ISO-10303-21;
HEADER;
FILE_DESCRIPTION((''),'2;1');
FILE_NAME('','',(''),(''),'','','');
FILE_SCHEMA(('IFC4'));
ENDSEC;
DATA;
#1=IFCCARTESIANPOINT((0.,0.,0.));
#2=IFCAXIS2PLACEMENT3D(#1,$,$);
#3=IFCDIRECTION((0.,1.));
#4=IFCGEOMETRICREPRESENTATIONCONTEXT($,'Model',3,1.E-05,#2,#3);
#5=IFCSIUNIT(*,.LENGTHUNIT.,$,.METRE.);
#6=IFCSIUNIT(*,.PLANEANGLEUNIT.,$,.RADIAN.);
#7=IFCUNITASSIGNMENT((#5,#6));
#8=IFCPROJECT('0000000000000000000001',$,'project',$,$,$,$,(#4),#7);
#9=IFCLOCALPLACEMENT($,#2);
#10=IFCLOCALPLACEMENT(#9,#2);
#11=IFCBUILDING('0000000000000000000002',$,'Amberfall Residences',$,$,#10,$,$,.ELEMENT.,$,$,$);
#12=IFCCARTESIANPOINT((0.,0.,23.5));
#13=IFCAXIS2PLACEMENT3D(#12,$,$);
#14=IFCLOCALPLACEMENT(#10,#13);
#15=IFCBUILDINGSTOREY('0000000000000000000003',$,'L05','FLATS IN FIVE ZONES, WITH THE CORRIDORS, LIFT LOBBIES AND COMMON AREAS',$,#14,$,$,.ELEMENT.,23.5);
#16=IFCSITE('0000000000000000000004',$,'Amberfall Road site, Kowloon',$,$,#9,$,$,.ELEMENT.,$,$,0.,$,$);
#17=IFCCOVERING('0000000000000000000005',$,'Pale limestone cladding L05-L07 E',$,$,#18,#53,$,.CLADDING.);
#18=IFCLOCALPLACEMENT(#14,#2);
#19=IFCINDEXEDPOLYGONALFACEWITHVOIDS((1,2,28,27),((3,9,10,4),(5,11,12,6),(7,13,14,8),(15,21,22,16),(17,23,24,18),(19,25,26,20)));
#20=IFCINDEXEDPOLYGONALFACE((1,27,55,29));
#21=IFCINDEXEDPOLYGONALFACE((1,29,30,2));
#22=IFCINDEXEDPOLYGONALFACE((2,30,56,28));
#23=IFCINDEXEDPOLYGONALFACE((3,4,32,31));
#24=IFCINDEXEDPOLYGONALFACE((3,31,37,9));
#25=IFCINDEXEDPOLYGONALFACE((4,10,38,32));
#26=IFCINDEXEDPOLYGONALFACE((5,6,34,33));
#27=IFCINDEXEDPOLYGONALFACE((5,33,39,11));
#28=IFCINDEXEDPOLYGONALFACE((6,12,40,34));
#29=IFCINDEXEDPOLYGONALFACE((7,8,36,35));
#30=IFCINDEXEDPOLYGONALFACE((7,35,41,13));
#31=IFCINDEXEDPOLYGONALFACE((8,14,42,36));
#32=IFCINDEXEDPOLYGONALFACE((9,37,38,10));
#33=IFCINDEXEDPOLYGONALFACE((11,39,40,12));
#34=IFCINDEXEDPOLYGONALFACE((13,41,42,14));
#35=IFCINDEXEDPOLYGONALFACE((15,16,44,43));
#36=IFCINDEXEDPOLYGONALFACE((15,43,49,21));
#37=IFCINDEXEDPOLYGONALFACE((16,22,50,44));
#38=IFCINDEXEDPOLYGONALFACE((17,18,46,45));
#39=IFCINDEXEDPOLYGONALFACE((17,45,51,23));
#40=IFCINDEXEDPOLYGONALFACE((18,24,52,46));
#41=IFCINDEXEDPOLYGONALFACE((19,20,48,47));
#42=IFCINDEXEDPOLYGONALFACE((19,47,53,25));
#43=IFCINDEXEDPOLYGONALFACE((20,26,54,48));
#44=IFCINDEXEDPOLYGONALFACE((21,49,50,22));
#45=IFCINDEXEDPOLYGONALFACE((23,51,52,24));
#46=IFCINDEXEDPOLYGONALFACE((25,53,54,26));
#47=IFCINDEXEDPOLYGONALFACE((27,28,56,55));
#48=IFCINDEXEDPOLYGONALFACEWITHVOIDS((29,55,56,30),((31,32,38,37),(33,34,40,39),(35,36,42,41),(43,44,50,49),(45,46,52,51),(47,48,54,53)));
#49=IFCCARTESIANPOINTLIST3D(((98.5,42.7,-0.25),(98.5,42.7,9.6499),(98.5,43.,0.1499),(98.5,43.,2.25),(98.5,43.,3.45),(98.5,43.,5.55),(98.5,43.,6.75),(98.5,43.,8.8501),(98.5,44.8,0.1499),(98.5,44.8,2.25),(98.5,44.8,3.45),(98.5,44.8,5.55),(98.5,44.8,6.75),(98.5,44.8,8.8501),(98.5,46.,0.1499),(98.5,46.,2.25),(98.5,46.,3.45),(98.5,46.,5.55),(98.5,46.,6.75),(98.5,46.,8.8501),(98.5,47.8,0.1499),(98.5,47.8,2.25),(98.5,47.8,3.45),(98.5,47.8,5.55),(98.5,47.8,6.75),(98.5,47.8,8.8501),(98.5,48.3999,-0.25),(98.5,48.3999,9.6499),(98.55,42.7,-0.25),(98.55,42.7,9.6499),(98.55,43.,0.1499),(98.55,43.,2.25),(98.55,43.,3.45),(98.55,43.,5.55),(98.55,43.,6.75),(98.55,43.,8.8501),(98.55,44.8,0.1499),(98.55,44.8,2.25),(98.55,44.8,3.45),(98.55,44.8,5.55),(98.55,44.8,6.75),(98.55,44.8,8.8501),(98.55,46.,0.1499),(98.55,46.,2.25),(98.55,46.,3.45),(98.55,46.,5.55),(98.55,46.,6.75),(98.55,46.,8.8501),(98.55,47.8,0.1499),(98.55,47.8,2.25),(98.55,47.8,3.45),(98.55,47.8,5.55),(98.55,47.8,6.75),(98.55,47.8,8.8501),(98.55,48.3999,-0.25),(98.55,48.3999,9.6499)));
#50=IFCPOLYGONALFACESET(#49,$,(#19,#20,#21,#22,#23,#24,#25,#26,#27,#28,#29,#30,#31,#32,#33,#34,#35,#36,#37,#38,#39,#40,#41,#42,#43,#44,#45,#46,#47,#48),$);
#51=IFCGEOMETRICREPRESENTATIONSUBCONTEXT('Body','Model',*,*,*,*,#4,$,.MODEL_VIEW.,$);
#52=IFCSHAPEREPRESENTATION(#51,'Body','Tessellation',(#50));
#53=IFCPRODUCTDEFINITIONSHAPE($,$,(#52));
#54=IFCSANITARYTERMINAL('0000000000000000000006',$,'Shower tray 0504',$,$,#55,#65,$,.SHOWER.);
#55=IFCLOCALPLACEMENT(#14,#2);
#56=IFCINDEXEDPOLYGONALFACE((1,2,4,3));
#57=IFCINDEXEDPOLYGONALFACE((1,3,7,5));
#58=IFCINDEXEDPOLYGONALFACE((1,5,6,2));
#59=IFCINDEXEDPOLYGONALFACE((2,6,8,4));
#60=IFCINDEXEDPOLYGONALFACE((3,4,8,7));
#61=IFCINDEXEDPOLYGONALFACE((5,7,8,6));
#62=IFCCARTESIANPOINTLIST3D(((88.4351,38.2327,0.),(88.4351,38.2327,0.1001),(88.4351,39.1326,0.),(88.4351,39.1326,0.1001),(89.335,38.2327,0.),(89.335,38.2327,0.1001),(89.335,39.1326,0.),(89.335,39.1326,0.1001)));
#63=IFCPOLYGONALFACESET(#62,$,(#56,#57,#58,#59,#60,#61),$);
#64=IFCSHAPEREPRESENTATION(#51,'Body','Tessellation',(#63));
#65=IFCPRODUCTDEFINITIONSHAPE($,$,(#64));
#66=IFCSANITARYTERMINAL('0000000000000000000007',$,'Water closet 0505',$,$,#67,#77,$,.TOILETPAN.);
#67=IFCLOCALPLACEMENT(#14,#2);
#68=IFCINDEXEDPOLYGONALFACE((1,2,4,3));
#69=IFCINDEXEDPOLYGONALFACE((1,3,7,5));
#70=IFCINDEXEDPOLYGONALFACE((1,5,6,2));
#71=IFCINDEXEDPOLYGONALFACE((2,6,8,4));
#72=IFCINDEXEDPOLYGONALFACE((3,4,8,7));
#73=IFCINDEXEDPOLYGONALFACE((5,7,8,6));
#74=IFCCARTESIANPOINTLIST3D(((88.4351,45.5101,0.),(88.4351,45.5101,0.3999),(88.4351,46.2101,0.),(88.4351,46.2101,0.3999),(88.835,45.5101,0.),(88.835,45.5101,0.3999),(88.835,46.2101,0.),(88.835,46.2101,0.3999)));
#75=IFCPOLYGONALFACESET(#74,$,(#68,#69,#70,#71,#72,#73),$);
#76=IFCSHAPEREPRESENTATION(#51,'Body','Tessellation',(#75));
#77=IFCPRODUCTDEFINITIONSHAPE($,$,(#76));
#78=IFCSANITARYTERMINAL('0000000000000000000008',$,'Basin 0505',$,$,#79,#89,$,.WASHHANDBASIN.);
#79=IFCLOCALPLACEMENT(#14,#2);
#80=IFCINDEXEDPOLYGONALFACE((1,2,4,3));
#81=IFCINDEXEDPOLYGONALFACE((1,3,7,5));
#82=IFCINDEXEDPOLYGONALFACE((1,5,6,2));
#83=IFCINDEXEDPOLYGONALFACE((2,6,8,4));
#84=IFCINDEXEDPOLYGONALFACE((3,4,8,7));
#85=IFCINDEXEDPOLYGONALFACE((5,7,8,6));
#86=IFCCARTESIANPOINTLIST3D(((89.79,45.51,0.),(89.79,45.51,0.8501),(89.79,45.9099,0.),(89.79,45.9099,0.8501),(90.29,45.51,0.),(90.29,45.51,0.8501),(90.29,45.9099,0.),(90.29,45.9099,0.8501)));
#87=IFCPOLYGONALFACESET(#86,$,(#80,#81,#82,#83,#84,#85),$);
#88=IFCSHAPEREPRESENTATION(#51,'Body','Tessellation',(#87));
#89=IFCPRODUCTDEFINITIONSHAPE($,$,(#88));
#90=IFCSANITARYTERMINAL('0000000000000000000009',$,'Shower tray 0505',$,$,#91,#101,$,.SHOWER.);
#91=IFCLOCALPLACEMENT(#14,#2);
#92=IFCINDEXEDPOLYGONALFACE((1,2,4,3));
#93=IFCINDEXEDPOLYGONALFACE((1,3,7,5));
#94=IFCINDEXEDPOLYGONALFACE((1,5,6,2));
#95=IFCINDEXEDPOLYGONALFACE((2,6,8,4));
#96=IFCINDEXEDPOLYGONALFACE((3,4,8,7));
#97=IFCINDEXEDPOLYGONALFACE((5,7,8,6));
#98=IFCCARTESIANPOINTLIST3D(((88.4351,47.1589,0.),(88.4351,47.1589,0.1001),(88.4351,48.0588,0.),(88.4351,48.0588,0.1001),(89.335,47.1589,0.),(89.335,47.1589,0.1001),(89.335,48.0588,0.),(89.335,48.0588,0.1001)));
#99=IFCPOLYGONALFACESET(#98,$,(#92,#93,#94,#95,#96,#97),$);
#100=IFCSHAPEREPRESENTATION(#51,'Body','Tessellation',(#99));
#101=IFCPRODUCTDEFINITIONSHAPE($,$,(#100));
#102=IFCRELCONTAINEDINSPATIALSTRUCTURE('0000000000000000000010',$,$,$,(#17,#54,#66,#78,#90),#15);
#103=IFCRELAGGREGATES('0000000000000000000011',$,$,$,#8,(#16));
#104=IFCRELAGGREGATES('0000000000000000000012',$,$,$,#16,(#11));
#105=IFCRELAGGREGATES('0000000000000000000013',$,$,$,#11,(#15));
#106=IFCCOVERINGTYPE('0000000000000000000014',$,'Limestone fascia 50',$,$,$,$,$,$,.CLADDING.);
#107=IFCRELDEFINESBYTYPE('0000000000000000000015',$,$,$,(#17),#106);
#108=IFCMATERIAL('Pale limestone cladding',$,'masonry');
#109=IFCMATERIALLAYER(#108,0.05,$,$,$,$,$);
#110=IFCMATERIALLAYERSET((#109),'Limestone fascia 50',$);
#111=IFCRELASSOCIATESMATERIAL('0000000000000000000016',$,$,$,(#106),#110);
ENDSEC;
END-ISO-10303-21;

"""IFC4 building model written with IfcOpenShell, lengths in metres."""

from ifc_helpers import new_model, si_unit, direction, frame, origin, origin_2d, place, context, subcontext, project, spatial, polyline, rectangle, outline, extrude, material, layer, layer_set, type_object, element, save


model = new_model("IFC4")

# Units and contexts
model_context = context("Model", 3, precision=1e-05, world=origin(), true_north=direction((0.0, 1.0)))
body_context = subcontext(model_context, "Body", "Model", "MODEL_VIEW")
ifc_project = project(units=[si_unit("LENGTHUNIT", "METRE"), si_unit("PLANEANGLEUNIT", "RADIAN")], contexts=[model_context])

# Site, building, storey
site_placement = place(None, origin())
site = spatial("IfcSite", under=ifc_project, at=site_placement, Name="Amberfall Road site, Kowloon", CompositionType="ELEMENT", RefElevation=0.0)
building_placement = place(site_placement, origin())
building = spatial("IfcBuilding", under=site, at=building_placement, Name="Amberfall Residences", CompositionType="ELEMENT")
storey_placement = place(building_placement, frame((0.0, 0.0, 23.5)))
storey = spatial("IfcBuildingStorey", under=building, at=storey_placement, Name="L05", Description="FLATS IN FIVE ZONES, WITH THE CORRIDORS, LIFT LOBBIES AND COMMON AREAS", CompositionType="ELEMENT", Elevation=23.5)

# Covering
ifc_material_1 = material(Name="Pale limestone cladding", Category="masonry")
ifc_layer_1 = layer(ifc_material_1, 0.05)
ifc_layer_set_1 = layer_set([ifc_layer_1], Name="Limestone fascia 50")
covering_type = type_object("IfcCoveringType", Name="Limestone fascia 50", PredefinedType="CLADDING", material=ifc_layer_set_1)
covering_placement = place(storey_placement, frame((98.5, 42.7, 9.6499), z_axis=(-1.0, 0.0, 0.0), x_axis=(0.0, 1.0, 0.0)))
element("IfcCovering", 1, at=covering_placement, inside=storey, type_object=covering_type, Name="Pale limestone cladding L05-L07 E", PredefinedType="CLADDING", context=body_context, shape_type="SweptSolid", body=[
    extrude(outline(polyline([(0.0, 0.0), (5.7, 0.0), (5.7, 9.8999), (0.0, 9.8999), (0.0, 0.0)]), holes=[polyline([(0.3, 7.3999), (2.1001, 7.3999), (2.1001, 9.5), (0.3, 9.5), (0.3, 7.3999)]), polyline([(3.3, 7.3999), (5.1001, 7.3999), (5.1001, 9.5), (3.3, 9.5), (3.3, 7.3999)]), polyline([(0.3, 4.0999), (2.1001, 4.0999), (2.1001, 6.2), (0.3, 6.2), (0.3, 4.0999)]), polyline([(3.3, 4.0999), (5.1001, 4.0999), (5.1001, 6.2), (3.3, 6.2), (3.3, 4.0999)]), polyline([(0.3, 0.7998), (2.1001, 0.7998), (2.1001, 2.8999), (0.3, 2.8999), (0.3, 0.7998)]), polyline([(3.3, 0.7998), (5.1001, 0.7998), (5.1001, 2.8999), (3.3, 2.8999), (3.3, 0.7998)])]), origin(), (0.0, 0.0, -1.0), 0.05),
])

# Sanitary terminals
sanitary_terminal_1_placement = place(storey_placement, frame((88.885, 38.6826, 0.0), z_axis=(0.0, 0.0, 1.0), x_axis=(1.0, 0.0, 0.0)))
element("IfcSanitaryTerminal", 2, at=sanitary_terminal_1_placement, inside=storey, Name="Shower tray 0504", PredefinedType="SHOWER", context=body_context, shape_type="SweptSolid", body=[
    extrude(rectangle(XDim=0.8999, YDim=0.8999, at=origin_2d()), origin(), (0.0, 0.0, 1.0), 0.1001),
])
sanitary_terminal_2_placement = place(storey_placement, frame((88.635, 45.8601, 0.0), z_axis=(0.0, 0.0, 1.0), x_axis=(1.0, 0.0, 0.0)))
element("IfcSanitaryTerminal", 3, at=sanitary_terminal_2_placement, inside=storey, Name="Water closet 0505", PredefinedType="TOILETPAN", context=body_context, shape_type="SweptSolid", body=[
    extrude(rectangle(XDim=0.3999, YDim=0.7, at=origin_2d()), origin(), (0.0, 0.0, 1.0), 0.3999),
])
sanitary_terminal_3_placement = place(storey_placement, frame((90.04, 45.71, 0.0), z_axis=(0.0, 0.0, 1.0), x_axis=(1.0, 0.0, 0.0)))
element("IfcSanitaryTerminal", 4, at=sanitary_terminal_3_placement, inside=storey, Name="Basin 0505", PredefinedType="WASHHANDBASIN", context=body_context, shape_type="SweptSolid", body=[
    extrude(rectangle(XDim=0.5, YDim=0.3999, at=origin_2d()), origin(), (0.0, 0.0, 1.0), 0.8501),
])
sanitary_terminal_4_placement = place(storey_placement, frame((88.885, 47.6089, 0.0), z_axis=(0.0, 0.0, 1.0), x_axis=(1.0, 0.0, 0.0)))
element("IfcSanitaryTerminal", 5, at=sanitary_terminal_4_placement, inside=storey, Name="Shower tray 0505", PredefinedType="SHOWER", context=body_context, shape_type="SweptSolid", body=[
    extrude(rectangle(XDim=0.8999, YDim=0.8999, at=origin_2d()), origin(), (0.0, 0.0, 1.0), 0.1001),
])

save(model, "model.ifc")
